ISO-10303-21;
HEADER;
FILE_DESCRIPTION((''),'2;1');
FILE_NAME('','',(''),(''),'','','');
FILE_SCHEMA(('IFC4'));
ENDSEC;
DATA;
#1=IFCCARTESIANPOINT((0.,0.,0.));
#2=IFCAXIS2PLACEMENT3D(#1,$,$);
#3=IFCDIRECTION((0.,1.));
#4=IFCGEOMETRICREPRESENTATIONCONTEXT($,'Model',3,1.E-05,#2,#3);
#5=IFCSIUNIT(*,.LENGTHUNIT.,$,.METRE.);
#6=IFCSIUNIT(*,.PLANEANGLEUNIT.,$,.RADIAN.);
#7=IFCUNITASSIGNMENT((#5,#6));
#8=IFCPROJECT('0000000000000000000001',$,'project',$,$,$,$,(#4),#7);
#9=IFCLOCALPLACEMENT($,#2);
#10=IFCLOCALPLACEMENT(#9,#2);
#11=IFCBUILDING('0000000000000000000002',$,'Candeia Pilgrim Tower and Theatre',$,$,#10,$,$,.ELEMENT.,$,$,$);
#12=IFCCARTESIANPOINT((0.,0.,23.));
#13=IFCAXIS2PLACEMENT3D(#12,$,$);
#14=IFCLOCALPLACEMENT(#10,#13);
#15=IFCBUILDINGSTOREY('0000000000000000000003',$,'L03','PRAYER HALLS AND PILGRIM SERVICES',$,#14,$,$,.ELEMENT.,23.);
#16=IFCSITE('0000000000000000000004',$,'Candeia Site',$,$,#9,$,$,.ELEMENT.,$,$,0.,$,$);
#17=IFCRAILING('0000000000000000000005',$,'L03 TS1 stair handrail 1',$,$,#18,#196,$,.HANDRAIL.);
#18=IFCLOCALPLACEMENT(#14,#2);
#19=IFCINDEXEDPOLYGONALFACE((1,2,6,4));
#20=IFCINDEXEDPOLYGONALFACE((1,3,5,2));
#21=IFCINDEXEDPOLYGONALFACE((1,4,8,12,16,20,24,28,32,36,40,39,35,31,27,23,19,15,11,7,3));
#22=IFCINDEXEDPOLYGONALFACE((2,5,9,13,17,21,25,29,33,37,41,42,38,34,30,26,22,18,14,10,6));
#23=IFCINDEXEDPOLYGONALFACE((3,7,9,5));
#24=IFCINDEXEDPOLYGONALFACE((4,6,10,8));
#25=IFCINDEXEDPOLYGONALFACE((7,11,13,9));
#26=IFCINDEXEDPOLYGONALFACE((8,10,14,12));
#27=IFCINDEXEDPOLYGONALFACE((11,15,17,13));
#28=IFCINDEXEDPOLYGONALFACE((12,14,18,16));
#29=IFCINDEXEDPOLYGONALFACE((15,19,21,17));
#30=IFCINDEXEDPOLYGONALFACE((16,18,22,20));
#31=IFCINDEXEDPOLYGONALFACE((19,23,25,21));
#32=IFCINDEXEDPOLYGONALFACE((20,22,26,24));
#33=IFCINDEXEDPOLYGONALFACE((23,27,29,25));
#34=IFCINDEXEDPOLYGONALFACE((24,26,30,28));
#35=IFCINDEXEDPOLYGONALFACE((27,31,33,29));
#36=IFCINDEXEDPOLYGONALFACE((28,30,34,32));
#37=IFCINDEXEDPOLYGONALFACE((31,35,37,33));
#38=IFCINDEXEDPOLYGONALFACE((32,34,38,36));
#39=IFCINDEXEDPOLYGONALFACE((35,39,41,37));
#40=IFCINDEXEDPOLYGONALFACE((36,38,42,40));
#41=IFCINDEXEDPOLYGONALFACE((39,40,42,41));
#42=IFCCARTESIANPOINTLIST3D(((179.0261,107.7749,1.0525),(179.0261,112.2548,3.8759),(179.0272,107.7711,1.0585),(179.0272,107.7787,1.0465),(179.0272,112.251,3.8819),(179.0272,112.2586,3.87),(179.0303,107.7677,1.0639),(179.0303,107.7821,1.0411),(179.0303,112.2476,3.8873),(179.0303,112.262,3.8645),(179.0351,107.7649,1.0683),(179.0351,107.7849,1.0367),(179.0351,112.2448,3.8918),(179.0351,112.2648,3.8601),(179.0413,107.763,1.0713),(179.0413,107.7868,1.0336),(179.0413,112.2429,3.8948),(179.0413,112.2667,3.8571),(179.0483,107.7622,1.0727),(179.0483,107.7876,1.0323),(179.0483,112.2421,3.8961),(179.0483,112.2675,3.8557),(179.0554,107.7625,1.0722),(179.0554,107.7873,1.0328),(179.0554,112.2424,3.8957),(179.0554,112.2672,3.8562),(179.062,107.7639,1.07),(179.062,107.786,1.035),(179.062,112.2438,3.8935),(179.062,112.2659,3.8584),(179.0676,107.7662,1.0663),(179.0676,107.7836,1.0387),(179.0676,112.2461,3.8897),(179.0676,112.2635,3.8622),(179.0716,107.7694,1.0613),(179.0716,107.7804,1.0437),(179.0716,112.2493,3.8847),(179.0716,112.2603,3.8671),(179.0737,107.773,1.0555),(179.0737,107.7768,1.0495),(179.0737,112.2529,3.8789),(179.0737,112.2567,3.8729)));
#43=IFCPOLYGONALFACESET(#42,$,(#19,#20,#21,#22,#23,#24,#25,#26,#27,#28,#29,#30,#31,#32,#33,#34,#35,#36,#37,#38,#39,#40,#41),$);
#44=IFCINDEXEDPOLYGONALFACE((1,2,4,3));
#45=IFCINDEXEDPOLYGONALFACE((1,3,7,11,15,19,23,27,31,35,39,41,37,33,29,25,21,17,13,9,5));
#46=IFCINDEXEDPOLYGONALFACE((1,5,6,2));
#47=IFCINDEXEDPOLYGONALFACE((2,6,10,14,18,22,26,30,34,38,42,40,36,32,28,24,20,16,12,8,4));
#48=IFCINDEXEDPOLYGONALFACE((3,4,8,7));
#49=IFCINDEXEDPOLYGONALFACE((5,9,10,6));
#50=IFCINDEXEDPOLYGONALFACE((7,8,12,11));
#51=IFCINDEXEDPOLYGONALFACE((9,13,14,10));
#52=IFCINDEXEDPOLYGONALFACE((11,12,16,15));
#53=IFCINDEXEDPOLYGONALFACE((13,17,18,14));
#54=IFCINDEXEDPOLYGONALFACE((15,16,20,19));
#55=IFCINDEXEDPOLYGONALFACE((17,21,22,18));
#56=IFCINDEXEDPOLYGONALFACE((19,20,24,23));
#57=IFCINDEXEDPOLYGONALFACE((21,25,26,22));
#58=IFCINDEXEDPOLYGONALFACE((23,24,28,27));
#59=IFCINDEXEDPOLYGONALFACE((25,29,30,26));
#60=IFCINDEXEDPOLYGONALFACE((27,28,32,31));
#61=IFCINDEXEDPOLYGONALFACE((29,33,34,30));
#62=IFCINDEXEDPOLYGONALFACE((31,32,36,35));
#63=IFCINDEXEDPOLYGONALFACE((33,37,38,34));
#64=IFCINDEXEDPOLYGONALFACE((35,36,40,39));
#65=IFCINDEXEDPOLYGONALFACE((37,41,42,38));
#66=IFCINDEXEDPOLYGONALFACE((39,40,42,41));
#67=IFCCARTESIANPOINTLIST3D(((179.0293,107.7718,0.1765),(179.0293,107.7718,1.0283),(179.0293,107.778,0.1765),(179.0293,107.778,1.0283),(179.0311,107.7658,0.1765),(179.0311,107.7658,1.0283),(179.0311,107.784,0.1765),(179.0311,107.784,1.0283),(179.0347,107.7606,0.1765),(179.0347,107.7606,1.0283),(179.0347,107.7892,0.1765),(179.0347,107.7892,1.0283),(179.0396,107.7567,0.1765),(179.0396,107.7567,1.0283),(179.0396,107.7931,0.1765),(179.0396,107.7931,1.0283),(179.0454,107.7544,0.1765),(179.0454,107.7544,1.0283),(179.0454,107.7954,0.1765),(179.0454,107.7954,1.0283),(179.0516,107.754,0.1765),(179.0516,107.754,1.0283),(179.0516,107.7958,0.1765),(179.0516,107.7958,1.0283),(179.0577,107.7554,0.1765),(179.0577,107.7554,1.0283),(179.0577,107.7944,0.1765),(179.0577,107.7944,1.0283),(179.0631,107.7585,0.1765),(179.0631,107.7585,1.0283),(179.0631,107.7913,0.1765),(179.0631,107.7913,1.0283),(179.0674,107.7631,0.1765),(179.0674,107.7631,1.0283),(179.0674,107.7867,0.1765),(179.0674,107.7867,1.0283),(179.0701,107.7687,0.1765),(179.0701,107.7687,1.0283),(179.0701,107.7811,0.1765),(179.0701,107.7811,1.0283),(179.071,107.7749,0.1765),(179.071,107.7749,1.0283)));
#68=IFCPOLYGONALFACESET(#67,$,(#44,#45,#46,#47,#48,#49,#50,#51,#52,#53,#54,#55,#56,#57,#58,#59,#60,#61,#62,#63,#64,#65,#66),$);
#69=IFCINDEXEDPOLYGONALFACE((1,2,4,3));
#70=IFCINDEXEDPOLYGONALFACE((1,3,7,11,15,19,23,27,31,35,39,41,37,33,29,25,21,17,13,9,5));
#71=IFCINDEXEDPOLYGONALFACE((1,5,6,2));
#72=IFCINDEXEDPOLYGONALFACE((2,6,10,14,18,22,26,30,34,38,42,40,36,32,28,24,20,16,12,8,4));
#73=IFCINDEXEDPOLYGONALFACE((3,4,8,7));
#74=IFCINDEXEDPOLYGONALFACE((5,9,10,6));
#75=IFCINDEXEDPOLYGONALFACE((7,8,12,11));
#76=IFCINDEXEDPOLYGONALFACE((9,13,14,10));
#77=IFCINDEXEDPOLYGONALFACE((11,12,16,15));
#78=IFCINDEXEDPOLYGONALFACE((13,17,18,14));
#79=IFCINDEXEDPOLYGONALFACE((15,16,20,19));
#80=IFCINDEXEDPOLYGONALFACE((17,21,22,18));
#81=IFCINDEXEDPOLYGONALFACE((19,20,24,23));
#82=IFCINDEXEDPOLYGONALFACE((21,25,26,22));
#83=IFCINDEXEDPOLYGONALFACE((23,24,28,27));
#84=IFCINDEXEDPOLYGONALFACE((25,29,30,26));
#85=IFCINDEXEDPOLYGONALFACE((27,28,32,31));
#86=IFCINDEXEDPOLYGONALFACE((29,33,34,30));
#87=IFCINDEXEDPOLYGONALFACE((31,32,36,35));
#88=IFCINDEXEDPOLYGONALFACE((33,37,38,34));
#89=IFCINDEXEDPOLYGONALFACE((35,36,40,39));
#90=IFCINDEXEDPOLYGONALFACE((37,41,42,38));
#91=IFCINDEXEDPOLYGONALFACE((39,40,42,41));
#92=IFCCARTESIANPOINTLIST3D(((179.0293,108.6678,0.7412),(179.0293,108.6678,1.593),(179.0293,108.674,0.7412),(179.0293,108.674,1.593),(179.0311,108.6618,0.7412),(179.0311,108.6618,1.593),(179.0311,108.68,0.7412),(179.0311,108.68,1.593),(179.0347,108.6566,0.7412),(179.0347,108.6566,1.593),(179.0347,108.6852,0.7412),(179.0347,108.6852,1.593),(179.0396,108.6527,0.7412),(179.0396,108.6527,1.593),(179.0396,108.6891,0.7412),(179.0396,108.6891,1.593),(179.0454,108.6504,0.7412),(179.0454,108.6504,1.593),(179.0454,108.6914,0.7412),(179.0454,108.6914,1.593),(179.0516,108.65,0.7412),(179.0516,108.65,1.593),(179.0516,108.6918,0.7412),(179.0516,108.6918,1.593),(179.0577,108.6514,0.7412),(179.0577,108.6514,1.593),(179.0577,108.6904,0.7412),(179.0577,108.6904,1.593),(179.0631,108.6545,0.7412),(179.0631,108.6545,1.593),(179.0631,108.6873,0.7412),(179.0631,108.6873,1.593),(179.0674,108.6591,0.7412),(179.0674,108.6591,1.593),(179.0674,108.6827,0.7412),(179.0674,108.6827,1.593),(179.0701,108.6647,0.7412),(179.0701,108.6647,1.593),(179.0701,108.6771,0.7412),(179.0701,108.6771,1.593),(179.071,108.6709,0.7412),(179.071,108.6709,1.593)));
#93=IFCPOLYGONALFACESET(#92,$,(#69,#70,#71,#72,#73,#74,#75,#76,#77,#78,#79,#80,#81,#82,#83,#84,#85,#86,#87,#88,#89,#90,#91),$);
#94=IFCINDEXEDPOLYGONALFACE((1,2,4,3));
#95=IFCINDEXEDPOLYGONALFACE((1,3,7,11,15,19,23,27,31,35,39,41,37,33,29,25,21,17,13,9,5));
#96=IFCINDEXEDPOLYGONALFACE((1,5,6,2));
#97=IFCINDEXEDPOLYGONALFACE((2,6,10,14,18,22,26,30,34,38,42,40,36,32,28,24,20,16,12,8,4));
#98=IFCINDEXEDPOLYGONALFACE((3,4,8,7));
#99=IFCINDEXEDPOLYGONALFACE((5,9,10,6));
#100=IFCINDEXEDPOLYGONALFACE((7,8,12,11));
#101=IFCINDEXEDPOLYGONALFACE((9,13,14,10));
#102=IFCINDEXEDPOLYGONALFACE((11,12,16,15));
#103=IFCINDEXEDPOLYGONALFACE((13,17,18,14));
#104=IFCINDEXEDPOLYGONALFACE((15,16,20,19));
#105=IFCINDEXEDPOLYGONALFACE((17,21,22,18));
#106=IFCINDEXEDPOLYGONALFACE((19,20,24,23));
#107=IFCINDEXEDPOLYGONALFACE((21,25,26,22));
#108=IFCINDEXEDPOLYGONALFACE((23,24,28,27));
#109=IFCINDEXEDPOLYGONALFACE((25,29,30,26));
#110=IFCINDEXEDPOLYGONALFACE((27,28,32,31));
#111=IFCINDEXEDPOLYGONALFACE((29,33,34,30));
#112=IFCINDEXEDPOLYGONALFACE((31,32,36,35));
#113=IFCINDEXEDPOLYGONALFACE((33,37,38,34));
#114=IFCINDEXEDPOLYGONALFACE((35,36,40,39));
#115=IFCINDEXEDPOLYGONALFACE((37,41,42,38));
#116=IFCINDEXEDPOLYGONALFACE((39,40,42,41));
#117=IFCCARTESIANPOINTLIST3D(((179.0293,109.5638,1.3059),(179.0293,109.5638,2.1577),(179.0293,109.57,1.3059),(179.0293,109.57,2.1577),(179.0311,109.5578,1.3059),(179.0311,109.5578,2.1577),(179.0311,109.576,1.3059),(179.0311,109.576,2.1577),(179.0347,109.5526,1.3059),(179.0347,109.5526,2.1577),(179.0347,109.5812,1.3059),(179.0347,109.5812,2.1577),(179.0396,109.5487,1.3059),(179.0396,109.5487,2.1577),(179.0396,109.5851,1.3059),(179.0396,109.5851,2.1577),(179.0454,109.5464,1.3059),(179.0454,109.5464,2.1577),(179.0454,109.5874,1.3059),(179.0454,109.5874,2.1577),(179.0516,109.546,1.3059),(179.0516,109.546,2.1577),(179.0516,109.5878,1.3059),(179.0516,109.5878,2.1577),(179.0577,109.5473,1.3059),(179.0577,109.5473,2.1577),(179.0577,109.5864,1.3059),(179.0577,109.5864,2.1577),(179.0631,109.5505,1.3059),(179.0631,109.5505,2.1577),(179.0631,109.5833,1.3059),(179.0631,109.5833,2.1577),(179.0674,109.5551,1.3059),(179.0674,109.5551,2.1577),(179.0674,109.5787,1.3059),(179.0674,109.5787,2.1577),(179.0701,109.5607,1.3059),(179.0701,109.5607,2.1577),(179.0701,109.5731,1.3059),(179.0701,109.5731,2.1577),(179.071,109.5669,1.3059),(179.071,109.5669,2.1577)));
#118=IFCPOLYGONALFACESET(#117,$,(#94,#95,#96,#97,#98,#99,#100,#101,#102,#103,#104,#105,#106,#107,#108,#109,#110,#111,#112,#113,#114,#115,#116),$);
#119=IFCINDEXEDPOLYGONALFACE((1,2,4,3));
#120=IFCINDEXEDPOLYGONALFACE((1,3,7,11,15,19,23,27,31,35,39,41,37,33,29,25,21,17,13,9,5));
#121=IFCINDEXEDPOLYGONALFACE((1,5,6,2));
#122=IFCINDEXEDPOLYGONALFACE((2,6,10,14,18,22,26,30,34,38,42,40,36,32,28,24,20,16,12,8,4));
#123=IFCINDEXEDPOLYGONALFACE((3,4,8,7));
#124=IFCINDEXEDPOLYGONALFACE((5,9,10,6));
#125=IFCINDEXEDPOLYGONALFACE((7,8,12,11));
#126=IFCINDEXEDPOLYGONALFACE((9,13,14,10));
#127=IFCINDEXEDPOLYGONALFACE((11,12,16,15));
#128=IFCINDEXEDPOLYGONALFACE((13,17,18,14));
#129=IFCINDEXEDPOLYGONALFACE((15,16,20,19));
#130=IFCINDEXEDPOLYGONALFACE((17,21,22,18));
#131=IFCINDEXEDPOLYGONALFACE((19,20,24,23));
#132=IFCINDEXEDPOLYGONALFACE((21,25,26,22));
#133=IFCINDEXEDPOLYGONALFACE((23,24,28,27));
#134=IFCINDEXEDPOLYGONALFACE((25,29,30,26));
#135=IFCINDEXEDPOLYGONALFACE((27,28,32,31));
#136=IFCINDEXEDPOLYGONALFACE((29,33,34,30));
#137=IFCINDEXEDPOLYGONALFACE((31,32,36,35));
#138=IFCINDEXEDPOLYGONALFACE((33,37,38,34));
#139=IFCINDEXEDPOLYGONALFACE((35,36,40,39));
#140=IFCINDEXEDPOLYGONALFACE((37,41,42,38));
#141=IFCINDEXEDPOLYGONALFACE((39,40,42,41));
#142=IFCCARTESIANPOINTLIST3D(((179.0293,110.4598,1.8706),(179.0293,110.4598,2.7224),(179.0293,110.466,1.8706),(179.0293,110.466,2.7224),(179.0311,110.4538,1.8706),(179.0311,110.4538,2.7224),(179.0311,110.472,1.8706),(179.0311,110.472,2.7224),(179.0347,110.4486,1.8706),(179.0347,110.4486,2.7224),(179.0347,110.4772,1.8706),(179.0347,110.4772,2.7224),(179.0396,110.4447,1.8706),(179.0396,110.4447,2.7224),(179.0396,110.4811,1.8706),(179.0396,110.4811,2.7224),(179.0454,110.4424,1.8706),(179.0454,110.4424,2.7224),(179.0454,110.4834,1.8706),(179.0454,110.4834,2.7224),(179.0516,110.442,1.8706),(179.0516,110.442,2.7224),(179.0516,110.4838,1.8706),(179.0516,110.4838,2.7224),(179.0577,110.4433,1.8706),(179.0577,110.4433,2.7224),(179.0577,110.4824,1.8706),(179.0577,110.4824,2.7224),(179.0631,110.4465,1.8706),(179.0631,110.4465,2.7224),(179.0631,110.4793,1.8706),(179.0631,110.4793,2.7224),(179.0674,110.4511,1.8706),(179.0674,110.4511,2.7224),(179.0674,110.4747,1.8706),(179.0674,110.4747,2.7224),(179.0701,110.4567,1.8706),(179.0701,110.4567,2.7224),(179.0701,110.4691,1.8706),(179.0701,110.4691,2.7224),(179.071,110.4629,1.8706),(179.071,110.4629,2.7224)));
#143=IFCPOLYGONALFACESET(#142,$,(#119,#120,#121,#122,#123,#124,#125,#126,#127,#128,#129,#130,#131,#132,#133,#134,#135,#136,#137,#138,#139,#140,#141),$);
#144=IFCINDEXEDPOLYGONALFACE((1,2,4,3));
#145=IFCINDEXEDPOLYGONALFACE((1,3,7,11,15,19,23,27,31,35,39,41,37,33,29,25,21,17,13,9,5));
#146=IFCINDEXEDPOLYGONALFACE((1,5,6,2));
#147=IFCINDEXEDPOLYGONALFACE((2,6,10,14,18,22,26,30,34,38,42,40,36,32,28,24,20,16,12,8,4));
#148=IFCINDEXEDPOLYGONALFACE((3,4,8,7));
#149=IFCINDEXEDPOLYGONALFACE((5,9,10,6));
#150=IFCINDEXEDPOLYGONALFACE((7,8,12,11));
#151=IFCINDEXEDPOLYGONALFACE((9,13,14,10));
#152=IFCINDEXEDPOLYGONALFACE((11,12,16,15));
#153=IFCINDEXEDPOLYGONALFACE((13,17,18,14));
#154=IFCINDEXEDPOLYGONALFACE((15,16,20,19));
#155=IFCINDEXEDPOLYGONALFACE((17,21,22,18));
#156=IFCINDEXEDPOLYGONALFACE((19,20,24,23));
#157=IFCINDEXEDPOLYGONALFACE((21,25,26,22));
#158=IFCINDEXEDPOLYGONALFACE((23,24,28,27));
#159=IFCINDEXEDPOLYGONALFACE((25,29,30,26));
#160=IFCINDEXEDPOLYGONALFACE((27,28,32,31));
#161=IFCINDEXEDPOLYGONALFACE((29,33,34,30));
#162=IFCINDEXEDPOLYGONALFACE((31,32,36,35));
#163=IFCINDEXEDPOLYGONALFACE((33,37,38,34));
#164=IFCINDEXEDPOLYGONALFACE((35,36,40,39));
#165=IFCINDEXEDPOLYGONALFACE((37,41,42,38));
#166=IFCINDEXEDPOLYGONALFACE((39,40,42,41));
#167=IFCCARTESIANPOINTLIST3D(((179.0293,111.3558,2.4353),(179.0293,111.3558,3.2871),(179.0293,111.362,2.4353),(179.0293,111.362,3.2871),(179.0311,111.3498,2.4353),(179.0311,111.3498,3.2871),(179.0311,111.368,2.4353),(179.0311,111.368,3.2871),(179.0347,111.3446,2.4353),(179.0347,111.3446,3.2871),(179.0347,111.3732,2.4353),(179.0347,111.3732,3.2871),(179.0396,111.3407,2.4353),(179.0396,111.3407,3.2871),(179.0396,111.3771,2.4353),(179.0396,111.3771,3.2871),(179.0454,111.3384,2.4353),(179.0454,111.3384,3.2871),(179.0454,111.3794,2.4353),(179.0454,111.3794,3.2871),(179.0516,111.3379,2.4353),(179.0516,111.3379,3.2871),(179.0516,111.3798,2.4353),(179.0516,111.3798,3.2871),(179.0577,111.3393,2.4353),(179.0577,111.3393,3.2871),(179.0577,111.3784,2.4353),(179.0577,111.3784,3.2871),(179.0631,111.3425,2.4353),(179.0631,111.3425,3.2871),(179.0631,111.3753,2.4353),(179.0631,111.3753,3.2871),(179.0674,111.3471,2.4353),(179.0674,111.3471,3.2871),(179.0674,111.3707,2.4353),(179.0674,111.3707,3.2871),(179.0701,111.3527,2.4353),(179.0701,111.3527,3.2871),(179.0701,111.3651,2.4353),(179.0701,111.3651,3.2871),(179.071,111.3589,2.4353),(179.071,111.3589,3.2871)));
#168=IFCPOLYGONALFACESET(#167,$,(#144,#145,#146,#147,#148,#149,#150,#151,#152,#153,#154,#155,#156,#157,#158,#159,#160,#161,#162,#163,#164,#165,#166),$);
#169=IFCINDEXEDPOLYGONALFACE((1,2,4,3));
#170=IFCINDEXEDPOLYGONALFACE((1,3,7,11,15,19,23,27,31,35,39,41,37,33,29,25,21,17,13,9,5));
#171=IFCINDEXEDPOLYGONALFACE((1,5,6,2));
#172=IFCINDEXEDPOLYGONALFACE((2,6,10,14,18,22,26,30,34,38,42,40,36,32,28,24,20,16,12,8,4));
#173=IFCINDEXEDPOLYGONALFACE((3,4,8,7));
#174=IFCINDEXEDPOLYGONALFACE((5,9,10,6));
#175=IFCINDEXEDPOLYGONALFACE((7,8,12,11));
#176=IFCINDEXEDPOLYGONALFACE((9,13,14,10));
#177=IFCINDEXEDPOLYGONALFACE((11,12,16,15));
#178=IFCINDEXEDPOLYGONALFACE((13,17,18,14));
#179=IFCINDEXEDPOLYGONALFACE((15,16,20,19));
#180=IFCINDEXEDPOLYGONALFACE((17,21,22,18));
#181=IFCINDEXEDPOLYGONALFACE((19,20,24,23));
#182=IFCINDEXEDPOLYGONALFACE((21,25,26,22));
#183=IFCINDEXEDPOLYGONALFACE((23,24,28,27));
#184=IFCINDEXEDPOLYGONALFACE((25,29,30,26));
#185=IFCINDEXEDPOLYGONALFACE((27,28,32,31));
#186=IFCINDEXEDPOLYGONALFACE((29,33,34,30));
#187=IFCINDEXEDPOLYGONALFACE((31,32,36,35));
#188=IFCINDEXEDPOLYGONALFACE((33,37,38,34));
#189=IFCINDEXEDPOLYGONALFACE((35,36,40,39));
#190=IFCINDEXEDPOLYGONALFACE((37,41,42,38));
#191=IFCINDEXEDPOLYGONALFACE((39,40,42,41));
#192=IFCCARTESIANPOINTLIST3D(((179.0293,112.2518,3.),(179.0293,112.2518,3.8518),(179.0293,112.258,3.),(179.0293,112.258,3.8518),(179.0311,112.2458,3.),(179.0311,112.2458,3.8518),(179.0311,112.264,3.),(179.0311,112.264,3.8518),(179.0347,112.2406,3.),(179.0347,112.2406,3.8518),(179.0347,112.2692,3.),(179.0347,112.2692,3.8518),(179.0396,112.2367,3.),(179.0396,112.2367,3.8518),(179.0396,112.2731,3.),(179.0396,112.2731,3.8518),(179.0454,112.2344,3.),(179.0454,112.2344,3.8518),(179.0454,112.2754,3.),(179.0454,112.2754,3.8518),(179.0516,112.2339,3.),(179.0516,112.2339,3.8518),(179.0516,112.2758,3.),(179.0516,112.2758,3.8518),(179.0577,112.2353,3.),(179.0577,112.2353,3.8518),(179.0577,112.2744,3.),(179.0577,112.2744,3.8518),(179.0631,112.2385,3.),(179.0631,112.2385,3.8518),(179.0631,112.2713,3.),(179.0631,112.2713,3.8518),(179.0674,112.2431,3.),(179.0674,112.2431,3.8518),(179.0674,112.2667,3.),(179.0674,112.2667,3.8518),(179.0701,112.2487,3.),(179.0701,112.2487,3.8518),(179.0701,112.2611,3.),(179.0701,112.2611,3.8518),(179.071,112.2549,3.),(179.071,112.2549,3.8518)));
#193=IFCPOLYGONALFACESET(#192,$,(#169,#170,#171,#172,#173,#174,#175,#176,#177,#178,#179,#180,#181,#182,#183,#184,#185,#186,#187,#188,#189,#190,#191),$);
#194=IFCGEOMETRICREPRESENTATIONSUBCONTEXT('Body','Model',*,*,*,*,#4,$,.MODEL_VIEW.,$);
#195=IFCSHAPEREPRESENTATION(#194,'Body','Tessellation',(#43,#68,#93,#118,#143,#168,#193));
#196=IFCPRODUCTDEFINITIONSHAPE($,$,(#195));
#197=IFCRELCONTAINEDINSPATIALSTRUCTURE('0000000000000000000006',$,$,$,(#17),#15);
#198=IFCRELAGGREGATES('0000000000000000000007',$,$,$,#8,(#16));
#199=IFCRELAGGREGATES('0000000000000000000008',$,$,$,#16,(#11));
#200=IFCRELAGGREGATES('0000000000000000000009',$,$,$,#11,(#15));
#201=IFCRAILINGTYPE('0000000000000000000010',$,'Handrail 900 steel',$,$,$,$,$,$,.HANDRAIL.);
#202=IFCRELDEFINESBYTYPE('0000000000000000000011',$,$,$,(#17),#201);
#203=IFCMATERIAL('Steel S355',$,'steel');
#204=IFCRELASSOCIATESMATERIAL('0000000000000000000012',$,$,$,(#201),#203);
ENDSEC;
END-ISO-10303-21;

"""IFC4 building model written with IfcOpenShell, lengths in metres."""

from ifc_helpers import new_model, si_unit, direction, frame, origin, origin_2d, place, context, subcontext, project, spatial, circle, extrude, material, type_object, element, save


model = new_model("IFC4")

# Units and contexts
model_context = context("Model", 3, precision=1e-05, world=origin(), true_north=direction((0.0, 1.0)))
body_context = subcontext(model_context, "Body", "Model", "MODEL_VIEW")
ifc_project = project(units=[si_unit("LENGTHUNIT", "METRE"), si_unit("PLANEANGLEUNIT", "RADIAN")], contexts=[model_context])

# Site, building, storey
site_placement = place(None, origin())
site = spatial("IfcSite", under=ifc_project, at=site_placement, Name="Candeia Site", CompositionType="ELEMENT", RefElevation=0.0)
building_placement = place(site_placement, origin())
building = spatial("IfcBuilding", under=site, at=building_placement, Name="Candeia Pilgrim Tower and Theatre", CompositionType="ELEMENT")
storey_placement = place(building_placement, frame((0.0, 0.0, 23.0)))
storey = spatial("IfcBuildingStorey", under=building, at=storey_placement, Name="L03", Description="PRAYER HALLS AND PILGRIM SERVICES", CompositionType="ELEMENT", Elevation=23.0)

# Railing
ifc_material_1 = material(Name="Steel S355", Category="steel")
railing_type_1 = type_object("IfcRailingType", Name="Handrail 900 steel", PredefinedType="HANDRAIL", material=ifc_material_1)
railing_1_placement = place(storey_placement, frame((179.05, 107.7749, 0.1765)))
element("IfcRailing", 1, at=railing_1_placement, inside=storey, type_object=railing_type_1, Name="L03 TS1 stair handrail 1", PredefinedType="HANDRAIL", context=body_context, shape_type="SweptSolid", body=[
    extrude(circle(Radius=0.0239, at=origin_2d()), frame((0.0, 0.0, 0.876), z_axis=(0.0, 0.845998, 0.533186), x_axis=(-1.0, 0.0, 0.0)), (0.0, 0.0, 1.0), 5.2954),
    extrude(circle(Radius=0.021, at=origin_2d()), origin(), (0.0, 0.0, 1.0), 0.8518),
    extrude(circle(Radius=0.021, at=origin_2d()), frame((0.0, 0.896, 0.5647)), (0.0, 0.0, 1.0), 0.8518),
    extrude(circle(Radius=0.021, at=origin_2d()), frame((0.0, 1.792, 1.1294)), (0.0, 0.0, 1.0), 0.8518),
    extrude(circle(Radius=0.021, at=origin_2d()), frame((0.0, 2.688, 1.6941)), (0.0, 0.0, 1.0), 0.8518),
    extrude(circle(Radius=0.021, at=origin_2d()), frame((0.0, 3.584, 2.2588)), (0.0, 0.0, 1.0), 0.8518),
    extrude(circle(Radius=0.021, at=origin_2d()), frame((0.0, 4.48, 2.8235)), (0.0, 0.0, 1.0), 0.8518),
])

save(model, "model.ifc")
